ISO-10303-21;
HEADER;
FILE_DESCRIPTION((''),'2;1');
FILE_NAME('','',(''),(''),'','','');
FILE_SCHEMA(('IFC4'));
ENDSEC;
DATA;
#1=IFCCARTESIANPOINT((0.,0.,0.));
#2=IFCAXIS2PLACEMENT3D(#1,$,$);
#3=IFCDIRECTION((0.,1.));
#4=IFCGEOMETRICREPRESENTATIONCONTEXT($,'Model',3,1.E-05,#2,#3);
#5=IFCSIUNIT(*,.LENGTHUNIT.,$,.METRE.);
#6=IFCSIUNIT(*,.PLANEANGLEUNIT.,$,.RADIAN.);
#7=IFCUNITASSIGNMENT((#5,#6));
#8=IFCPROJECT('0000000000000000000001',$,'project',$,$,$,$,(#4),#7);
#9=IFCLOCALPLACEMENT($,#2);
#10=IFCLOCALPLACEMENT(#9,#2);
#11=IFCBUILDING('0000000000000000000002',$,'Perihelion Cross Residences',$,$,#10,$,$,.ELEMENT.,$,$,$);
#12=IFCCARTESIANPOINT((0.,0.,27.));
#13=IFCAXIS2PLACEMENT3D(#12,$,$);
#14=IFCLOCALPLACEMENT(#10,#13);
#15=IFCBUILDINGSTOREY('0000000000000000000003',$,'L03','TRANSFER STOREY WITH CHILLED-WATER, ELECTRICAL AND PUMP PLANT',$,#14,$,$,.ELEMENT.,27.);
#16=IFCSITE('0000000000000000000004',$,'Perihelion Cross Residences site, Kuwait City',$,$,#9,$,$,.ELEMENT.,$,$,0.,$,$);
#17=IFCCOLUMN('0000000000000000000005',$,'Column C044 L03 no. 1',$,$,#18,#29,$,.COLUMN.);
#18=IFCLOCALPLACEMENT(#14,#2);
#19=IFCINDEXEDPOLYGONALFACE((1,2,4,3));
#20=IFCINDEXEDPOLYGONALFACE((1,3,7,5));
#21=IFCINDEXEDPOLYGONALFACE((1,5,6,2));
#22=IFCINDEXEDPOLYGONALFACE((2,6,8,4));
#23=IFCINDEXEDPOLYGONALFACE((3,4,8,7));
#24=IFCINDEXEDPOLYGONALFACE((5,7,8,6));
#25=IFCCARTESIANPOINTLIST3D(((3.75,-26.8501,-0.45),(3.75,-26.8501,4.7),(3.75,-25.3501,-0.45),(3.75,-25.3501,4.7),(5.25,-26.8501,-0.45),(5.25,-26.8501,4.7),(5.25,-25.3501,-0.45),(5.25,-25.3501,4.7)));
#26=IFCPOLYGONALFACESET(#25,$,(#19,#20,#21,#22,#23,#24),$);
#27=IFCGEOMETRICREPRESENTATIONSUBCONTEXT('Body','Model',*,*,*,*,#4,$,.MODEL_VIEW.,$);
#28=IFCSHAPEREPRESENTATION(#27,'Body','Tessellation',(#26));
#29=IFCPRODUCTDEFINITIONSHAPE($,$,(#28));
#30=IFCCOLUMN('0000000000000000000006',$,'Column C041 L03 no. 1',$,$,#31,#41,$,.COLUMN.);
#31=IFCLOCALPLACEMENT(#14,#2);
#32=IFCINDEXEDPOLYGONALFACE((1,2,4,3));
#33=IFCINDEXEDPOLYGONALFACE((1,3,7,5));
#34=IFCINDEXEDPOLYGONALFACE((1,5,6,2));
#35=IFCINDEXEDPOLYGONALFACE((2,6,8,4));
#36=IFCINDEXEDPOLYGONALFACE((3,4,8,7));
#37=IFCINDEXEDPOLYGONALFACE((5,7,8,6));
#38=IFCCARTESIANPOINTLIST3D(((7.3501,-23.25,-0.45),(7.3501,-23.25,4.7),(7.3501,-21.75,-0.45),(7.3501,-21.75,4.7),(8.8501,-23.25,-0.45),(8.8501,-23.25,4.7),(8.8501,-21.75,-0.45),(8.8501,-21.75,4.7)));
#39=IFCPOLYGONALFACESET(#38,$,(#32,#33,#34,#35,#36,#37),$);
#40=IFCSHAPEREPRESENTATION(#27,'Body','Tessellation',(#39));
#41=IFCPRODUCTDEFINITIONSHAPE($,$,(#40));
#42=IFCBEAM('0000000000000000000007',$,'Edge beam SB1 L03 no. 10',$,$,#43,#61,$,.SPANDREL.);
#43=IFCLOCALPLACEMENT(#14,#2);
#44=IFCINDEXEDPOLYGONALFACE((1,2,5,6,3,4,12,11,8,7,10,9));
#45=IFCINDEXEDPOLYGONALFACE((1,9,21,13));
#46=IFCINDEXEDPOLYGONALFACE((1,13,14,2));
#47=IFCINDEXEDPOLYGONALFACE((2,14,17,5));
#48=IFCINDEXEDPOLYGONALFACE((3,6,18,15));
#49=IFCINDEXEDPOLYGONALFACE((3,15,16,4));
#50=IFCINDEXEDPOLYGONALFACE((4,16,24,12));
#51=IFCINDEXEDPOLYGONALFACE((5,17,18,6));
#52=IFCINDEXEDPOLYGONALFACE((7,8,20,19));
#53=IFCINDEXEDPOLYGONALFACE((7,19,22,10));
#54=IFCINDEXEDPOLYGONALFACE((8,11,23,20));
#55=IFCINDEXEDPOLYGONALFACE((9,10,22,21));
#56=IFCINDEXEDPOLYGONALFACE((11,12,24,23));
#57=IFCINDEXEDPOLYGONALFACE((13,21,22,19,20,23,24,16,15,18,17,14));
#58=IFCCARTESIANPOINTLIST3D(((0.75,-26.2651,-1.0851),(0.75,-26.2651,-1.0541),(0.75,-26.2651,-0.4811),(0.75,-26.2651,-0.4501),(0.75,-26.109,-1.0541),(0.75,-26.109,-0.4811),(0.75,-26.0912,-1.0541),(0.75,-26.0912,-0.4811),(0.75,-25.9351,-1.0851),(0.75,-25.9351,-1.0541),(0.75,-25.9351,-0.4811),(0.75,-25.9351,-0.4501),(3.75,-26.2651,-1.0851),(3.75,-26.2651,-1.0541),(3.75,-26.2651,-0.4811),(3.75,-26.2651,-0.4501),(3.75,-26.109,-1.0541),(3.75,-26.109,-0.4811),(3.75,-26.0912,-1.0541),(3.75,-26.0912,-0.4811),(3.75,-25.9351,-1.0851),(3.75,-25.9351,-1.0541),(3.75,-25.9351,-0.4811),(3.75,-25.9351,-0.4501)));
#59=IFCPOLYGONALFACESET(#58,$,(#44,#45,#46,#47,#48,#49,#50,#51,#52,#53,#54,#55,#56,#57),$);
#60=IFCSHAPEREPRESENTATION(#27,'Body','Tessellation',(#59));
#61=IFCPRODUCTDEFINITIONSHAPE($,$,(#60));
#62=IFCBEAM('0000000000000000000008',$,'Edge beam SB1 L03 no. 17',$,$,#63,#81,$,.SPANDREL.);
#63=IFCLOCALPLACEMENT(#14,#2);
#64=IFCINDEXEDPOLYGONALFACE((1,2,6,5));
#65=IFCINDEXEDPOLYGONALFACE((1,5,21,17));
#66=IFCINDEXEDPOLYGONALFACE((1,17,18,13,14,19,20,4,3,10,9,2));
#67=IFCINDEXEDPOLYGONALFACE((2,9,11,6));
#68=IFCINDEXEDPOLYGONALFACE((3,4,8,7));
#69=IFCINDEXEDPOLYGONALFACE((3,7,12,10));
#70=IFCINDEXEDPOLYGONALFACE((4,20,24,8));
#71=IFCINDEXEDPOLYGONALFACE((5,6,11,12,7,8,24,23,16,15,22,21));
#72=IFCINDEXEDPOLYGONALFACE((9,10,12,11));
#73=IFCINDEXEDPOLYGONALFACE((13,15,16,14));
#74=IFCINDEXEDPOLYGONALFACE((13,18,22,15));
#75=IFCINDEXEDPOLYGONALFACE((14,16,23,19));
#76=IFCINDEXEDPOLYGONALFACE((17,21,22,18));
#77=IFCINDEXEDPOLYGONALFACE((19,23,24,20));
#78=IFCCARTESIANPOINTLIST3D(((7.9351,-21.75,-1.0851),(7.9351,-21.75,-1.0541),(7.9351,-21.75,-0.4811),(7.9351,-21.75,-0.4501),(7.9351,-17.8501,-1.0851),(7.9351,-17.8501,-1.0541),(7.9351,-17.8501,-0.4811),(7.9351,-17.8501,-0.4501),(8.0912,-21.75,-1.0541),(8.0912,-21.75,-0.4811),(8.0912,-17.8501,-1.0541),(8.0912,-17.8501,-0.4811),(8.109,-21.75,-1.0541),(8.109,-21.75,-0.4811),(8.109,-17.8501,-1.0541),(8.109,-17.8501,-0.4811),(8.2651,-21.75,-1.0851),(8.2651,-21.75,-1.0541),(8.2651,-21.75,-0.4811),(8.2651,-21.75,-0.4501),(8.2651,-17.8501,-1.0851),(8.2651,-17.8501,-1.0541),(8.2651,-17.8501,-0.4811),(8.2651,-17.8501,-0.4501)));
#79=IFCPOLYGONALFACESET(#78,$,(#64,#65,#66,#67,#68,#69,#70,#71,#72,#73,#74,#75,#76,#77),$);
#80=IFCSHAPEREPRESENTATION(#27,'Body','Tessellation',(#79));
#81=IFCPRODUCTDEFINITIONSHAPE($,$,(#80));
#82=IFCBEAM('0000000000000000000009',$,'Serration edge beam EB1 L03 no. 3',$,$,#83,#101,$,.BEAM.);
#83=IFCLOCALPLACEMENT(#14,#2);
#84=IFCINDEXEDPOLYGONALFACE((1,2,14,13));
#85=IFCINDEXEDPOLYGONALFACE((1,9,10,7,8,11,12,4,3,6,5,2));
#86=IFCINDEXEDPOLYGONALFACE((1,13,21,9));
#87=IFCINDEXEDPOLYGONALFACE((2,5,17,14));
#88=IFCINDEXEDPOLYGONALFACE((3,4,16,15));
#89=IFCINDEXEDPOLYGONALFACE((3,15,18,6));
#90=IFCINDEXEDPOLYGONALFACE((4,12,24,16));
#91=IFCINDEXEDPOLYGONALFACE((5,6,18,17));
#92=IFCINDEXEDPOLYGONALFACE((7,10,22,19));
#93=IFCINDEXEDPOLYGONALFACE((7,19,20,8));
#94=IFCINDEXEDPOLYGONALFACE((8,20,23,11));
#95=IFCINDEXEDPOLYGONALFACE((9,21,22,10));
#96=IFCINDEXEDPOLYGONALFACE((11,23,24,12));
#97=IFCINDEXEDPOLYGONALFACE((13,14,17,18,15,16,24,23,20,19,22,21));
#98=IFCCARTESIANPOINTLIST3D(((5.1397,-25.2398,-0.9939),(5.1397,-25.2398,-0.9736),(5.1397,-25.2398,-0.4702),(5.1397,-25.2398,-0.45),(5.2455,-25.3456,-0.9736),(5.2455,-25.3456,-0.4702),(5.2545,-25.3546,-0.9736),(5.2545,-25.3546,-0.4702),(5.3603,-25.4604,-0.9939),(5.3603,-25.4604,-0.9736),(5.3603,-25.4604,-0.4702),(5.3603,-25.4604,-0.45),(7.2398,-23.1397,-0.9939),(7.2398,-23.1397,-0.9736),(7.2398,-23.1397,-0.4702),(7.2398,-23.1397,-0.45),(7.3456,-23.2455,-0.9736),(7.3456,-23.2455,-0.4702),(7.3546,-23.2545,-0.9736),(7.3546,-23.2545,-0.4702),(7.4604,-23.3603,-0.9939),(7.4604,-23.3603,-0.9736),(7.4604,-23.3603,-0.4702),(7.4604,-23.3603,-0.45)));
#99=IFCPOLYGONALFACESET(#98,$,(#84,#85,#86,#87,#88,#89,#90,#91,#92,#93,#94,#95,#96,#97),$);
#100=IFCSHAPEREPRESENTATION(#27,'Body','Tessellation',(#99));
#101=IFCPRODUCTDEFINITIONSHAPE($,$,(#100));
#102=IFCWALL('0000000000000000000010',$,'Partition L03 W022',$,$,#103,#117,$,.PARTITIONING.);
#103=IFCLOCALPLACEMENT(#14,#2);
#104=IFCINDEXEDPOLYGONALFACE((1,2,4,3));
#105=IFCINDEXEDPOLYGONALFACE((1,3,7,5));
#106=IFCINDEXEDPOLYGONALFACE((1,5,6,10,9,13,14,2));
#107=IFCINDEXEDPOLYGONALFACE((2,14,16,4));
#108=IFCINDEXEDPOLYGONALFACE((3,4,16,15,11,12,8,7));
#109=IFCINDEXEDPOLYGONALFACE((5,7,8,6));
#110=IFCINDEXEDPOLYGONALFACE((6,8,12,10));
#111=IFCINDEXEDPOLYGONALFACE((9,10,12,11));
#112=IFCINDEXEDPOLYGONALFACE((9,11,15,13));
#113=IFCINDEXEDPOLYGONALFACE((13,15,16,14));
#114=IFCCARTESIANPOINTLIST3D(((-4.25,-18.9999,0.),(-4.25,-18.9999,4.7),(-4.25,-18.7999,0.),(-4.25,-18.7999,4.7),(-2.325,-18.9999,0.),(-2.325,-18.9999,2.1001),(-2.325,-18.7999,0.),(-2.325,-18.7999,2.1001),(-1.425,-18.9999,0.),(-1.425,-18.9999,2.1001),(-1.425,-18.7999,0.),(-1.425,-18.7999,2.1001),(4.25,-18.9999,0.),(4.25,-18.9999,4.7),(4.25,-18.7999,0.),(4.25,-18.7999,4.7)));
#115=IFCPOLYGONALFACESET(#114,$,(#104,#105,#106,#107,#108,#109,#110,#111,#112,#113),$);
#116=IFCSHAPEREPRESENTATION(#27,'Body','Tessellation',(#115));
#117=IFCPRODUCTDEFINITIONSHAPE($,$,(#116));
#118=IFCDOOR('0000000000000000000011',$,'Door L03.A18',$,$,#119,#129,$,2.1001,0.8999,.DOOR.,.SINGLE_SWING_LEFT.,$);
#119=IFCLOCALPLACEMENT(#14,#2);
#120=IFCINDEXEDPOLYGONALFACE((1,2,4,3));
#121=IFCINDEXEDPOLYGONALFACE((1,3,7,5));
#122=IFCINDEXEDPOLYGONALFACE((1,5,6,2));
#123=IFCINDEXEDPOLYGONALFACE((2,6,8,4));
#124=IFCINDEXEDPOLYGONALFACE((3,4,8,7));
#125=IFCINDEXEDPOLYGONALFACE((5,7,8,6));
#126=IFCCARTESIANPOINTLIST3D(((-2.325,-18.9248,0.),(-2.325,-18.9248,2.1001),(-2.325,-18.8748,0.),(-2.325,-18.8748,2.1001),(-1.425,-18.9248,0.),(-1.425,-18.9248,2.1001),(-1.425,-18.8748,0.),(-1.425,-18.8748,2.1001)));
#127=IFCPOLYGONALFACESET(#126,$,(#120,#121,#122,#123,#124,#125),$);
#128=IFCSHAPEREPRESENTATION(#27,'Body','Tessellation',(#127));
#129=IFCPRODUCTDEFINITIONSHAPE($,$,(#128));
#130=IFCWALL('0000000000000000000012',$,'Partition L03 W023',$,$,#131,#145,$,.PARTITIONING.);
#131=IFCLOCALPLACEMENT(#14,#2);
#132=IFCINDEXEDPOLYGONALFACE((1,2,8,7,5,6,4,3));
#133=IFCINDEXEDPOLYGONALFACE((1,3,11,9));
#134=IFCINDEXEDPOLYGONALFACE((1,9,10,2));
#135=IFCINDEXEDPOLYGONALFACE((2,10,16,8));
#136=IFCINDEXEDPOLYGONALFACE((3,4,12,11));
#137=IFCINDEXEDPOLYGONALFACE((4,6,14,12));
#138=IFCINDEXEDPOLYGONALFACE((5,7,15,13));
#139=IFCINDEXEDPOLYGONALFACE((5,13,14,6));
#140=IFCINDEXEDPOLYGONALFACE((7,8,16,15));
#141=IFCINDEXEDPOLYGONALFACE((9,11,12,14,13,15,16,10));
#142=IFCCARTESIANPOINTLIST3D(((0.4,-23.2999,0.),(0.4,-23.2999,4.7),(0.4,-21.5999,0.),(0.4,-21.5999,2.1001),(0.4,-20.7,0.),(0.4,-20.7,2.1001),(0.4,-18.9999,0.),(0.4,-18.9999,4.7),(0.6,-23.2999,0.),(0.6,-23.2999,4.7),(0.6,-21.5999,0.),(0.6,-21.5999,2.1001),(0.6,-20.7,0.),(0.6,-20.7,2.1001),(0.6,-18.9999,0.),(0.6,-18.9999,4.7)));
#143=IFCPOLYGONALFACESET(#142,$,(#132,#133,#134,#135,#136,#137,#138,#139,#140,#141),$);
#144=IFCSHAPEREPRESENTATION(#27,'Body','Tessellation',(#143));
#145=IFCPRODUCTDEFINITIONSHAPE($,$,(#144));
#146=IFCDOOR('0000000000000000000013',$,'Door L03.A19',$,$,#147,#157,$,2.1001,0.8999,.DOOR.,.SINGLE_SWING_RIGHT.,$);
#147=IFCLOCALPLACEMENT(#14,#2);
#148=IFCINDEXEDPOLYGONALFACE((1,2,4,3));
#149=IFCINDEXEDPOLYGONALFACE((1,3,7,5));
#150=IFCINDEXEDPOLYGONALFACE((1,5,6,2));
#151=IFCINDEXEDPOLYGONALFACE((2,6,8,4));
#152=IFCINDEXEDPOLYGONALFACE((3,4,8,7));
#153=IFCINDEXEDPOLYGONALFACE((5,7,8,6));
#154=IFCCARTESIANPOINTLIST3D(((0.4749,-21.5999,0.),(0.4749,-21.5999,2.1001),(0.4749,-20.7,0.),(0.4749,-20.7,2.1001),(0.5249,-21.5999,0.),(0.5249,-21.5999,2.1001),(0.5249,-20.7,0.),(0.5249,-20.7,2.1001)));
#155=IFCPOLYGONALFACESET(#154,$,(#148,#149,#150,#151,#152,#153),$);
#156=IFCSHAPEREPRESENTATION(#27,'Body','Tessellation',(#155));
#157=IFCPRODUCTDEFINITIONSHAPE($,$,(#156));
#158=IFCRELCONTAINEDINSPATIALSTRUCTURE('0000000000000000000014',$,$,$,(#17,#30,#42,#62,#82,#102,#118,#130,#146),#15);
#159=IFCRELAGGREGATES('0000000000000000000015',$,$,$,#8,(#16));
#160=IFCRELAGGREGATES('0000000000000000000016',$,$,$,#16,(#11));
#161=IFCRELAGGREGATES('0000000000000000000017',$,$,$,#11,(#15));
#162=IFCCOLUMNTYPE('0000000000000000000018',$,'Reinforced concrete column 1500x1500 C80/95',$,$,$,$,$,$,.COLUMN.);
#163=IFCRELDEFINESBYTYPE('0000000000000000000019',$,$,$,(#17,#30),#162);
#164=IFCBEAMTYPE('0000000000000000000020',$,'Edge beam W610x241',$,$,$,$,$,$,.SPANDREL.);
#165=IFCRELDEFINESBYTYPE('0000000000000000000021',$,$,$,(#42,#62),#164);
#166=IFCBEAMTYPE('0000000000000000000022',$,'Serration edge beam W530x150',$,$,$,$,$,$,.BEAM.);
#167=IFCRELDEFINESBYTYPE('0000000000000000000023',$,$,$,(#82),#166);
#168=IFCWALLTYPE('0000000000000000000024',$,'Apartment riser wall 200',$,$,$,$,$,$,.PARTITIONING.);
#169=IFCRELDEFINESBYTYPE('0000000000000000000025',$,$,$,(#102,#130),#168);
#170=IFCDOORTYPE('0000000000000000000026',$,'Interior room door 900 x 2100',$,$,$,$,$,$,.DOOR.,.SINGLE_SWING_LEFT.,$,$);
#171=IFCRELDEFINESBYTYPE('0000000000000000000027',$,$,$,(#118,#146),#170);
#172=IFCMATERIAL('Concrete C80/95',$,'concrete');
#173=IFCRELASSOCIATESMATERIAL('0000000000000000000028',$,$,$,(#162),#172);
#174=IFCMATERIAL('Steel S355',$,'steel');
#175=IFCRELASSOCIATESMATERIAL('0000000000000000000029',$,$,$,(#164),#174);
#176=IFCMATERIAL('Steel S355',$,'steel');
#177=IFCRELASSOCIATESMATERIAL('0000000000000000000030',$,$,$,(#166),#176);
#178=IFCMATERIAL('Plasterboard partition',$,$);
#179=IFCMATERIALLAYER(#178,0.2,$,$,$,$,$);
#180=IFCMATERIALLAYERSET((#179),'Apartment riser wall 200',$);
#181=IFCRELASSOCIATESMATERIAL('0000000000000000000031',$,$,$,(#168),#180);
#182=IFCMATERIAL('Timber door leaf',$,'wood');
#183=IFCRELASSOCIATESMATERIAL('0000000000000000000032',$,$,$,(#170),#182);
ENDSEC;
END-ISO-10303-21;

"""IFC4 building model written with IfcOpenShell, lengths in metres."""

from ifc_helpers import new_model, si_unit, direction, frame, frame_2d, origin, origin_2d, place, context, subcontext, project, spatial, rectangle, i_section, extrude, material, layer, layer_set, material_profile, profile_set, type_object, element, fill, save


model = new_model("IFC4")

# Units and contexts
model_context = context("Model", 3, precision=1e-05, world=origin(), true_north=direction((0.0, 1.0)))
body_context = subcontext(model_context, "Body", "Model", "MODEL_VIEW")
ifc_project = project(units=[si_unit("LENGTHUNIT", "METRE"), si_unit("PLANEANGLEUNIT", "RADIAN")], contexts=[model_context])

# Site, building, storey
site_placement = place(None, origin())
site = spatial("IfcSite", under=ifc_project, at=site_placement, Name="Perihelion Cross Residences site, Kuwait City", CompositionType="ELEMENT", RefElevation=0.0)
building_placement = place(site_placement, origin())
building = spatial("IfcBuilding", under=site, at=building_placement, Name="Perihelion Cross Residences", CompositionType="ELEMENT")
storey_placement = place(building_placement, frame((0.0, 0.0, 27.0)))
storey = spatial("IfcBuildingStorey", under=building, at=storey_placement, Name="L03", Description="TRANSFER STOREY WITH CHILLED-WATER, ELECTRICAL AND PUMP PLANT", CompositionType="ELEMENT", Elevation=27.0)

# Columns
ifc_material_1 = material(Name="Concrete C80/95", Category="concrete")
ifc_material_profile_1 = material_profile(ifc_material_1, rectangle(XDim=1.5, YDim=1.5, at=origin_2d()), Name="RC 1500x1500")
ifc_profile_set_1 = profile_set([ifc_material_profile_1], Name="Concrete C80/95")
column_type = type_object("IfcColumnType", Name="Reinforced concrete column 1500x1500 C80/95", PredefinedType="COLUMN", material=ifc_profile_set_1)
for number, where, z_axis, x_axis, name in (
    (1, (4.5, -26.1001, -0.45), (0.0, 0.0, 1.0), (1.0, 0.0, 0.0), "Column C044 L03 no. 1"),
    (2, (8.1001, -22.5, -0.45), (0.0, 0.0, 1.0), (1.0, 0.0, 0.0), "Column C041 L03 no. 1"),
):
    element("IfcColumn", number, at=place(storey_placement, frame(where, z_axis=z_axis, x_axis=x_axis)), inside=storey, type_object=column_type, Name=name, PredefinedType="COLUMN", context=body_context, shape_type="SweptSolid", body=[
        extrude(rectangle(XDim=1.5, YDim=1.5, at=origin_2d()), origin(), (0.0, 0.0, 1.0), 5.1499),
    ])

# Beams
ifc_material_2 = material(Name="Steel S355", Category="steel")
ifc_material_profile_2 = material_profile(ifc_material_2, i_section(OverallWidth=0.3301, OverallDepth=0.635, WebThickness=0.0178, FlangeThickness=0.031, at=origin_2d()), Name="W610x241")
ifc_profile_set_2 = profile_set([ifc_material_profile_2], Name="Steel S355")
beam_type_1 = type_object("IfcBeamType", Name="Edge beam W610x241", PredefinedType="SPANDREL", material=ifc_profile_set_2)
beam_1_placement = place(storey_placement, frame((0.75, -26.1001, -0.7676), z_axis=(1.0, 0.0, 0.0), x_axis=(0.0, 1.0, 0.0)))
element("IfcBeam", 3, at=beam_1_placement, inside=storey, type_object=beam_type_1, Name="Edge beam SB1 L03 no. 10", PredefinedType="SPANDREL", context=body_context, shape_type="SweptSolid", body=[
    extrude(i_section(OverallWidth=0.3301, OverallDepth=0.635, WebThickness=0.0178, FlangeThickness=0.031, at=origin_2d()), origin(), (0.0, 0.0, 1.0), 3.0),
])
beam_2_placement = place(storey_placement, frame((8.1001, -21.75, -0.7676), z_axis=(0.0, 1.0, 0.0), x_axis=(-1.0, 0.0, 0.0)))
element("IfcBeam", 4, at=beam_2_placement, inside=storey, type_object=beam_type_1, Name="Edge beam SB1 L03 no. 17", PredefinedType="SPANDREL", context=body_context, shape_type="SweptSolid", body=[
    extrude(i_section(OverallWidth=0.3301, OverallDepth=0.635, WebThickness=0.0178, FlangeThickness=0.031, at=origin_2d()), origin(), (0.0, 0.0, 1.0), 3.8999),
])
ifc_material_3 = material(Name="Steel S355", Category="steel")
ifc_material_profile_3 = material_profile(ifc_material_3, i_section(OverallWidth=0.312, OverallDepth=0.5439, WebThickness=0.0127, FlangeThickness=0.0203, at=origin_2d()), Name="W530x150")
ifc_profile_set_3 = profile_set([ifc_material_profile_3], Name="Steel S355")
beam_type_2 = type_object("IfcBeamType", Name="Serration edge beam W530x150", PredefinedType="BEAM", material=ifc_profile_set_3)
beam_3_placement = place(storey_placement, frame((5.25, -25.3501, -0.7219), z_axis=(0.707107, 0.707107, 0.0), x_axis=(-0.707107, 0.707107, 0.0)))
element("IfcBeam", 5, at=beam_3_placement, inside=storey, type_object=beam_type_2, Name="Serration edge beam EB1 L03 no. 3", PredefinedType="BEAM", context=body_context, shape_type="SweptSolid", body=[
    extrude(i_section(OverallWidth=0.312, OverallDepth=0.5439, WebThickness=0.0127, FlangeThickness=0.0203, at=origin_2d()), origin(), (0.0, 0.0, 1.0), 2.97),
])

# Walls, openings, doors
ifc_material_4 = material(Name="Plasterboard partition")
ifc_layer_1 = layer(ifc_material_4, 0.2)
ifc_layer_set_1 = layer_set([ifc_layer_1], Name="Apartment riser wall 200")
wall_type_1 = type_object("IfcWallType", Name="Apartment riser wall 200", PredefinedType="PARTITIONING", material=ifc_layer_set_1)
wall_1_placement = place(storey_placement, frame((4.25, -18.8999, 0.0), z_axis=(0.0, 0.0, 1.0), x_axis=(-1.0, 0.0, 0.0)))
wall_1 = element("IfcWall", 6, at=wall_1_placement, inside=storey, type_object=wall_type_1, Name="Partition L03 W022", PredefinedType="PARTITIONING", context=body_context, shape_type="SweptSolid", body=[
    extrude(rectangle(XDim=8.5, YDim=0.2, at=frame_2d((4.25, 0.0))), origin(), (0.0, 0.0, 1.0), 4.7),
])
opening_1_placement = place(wall_1_placement, frame((5.675, 0.0, 0.0)))
opening_1 = element("IfcOpeningElement", 7, at=opening_1_placement, cuts=wall_1, PredefinedType="OPENING", context=body_context, shape_type="SweptSolid", body=[
    extrude(rectangle(XDim=0.8999, YDim=2.1001, at=frame_2d((0.45, 1.05))), frame((0.0, 0.1099, 0.0), z_axis=(0.0, -1.0, 0.0), x_axis=(1.0, 0.0, 0.0)), (0.0, 0.0, 1.0), 0.22),
])
ifc_material_5 = material(Name="Timber door leaf", Category="wood")
door_type = type_object("IfcDoorType", Name="Interior room door 900 x 2100", OperationType="SINGLE_SWING_LEFT", PredefinedType="DOOR", material=ifc_material_5)
door_1_placement = place(opening_1_placement, origin())
door_1 = element("IfcDoor", 8, at=door_1_placement, inside=storey, type_object=door_type, Name="Door L03.A18", OperationType="SINGLE_SWING_LEFT", OverallHeight=2.1001, OverallWidth=0.8999, PredefinedType="DOOR", context=body_context, shape_type="SweptSolid", body=[
    extrude(rectangle(XDim=0.8999, YDim=2.1001, at=frame_2d((0.45, 1.05))), frame((0.0, 0.0249, 0.0), z_axis=(0.0, -1.0, 0.0), x_axis=(1.0, 0.0, 0.0)), (0.0, 0.0, 1.0), 0.05),
])
fill(opening_1, door_1)
wall_2_placement = place(storey_placement, frame((0.5, -19.0, 0.0), z_axis=(0.0, 0.0, 1.0), x_axis=(0.0, -1.0, 0.0)))
wall_2 = element("IfcWall", 9, at=wall_2_placement, inside=storey, type_object=wall_type_1, Name="Partition L03 W023", PredefinedType="PARTITIONING", context=body_context, shape_type="SweptSolid", body=[
    extrude(rectangle(XDim=4.3, YDim=0.2, at=frame_2d((2.1499, 0.0))), origin(), (0.0, 0.0, 1.0), 4.7),
])
opening_2_placement = place(wall_2_placement, frame((1.7, 0.0, 0.0)))
opening_2 = element("IfcOpeningElement", 10, at=opening_2_placement, cuts=wall_2, PredefinedType="OPENING", context=body_context, shape_type="SweptSolid", body=[
    extrude(rectangle(XDim=0.8999, YDim=2.1001, at=frame_2d((0.45, 1.05))), frame((0.0, 0.1099, 0.0), z_axis=(0.0, -1.0, 0.0), x_axis=(1.0, 0.0, 0.0)), (0.0, 0.0, 1.0), 0.22),
])
door_2_placement = place(opening_2_placement, origin())
door_2 = element("IfcDoor", 11, at=door_2_placement, inside=storey, type_object=door_type, Name="Door L03.A19", OperationType="SINGLE_SWING_RIGHT", OverallHeight=2.1001, OverallWidth=0.8999, PredefinedType="DOOR", context=body_context, shape_type="SweptSolid", body=[
    extrude(rectangle(XDim=0.8999, YDim=2.1001, at=frame_2d((0.45, 1.05))), frame((0.0, 0.0249, 0.0), z_axis=(0.0, -1.0, 0.0), x_axis=(1.0, 0.0, 0.0)), (0.0, 0.0, 1.0), 0.05),
])
fill(opening_2, door_2)

save(model, "model.ifc")
